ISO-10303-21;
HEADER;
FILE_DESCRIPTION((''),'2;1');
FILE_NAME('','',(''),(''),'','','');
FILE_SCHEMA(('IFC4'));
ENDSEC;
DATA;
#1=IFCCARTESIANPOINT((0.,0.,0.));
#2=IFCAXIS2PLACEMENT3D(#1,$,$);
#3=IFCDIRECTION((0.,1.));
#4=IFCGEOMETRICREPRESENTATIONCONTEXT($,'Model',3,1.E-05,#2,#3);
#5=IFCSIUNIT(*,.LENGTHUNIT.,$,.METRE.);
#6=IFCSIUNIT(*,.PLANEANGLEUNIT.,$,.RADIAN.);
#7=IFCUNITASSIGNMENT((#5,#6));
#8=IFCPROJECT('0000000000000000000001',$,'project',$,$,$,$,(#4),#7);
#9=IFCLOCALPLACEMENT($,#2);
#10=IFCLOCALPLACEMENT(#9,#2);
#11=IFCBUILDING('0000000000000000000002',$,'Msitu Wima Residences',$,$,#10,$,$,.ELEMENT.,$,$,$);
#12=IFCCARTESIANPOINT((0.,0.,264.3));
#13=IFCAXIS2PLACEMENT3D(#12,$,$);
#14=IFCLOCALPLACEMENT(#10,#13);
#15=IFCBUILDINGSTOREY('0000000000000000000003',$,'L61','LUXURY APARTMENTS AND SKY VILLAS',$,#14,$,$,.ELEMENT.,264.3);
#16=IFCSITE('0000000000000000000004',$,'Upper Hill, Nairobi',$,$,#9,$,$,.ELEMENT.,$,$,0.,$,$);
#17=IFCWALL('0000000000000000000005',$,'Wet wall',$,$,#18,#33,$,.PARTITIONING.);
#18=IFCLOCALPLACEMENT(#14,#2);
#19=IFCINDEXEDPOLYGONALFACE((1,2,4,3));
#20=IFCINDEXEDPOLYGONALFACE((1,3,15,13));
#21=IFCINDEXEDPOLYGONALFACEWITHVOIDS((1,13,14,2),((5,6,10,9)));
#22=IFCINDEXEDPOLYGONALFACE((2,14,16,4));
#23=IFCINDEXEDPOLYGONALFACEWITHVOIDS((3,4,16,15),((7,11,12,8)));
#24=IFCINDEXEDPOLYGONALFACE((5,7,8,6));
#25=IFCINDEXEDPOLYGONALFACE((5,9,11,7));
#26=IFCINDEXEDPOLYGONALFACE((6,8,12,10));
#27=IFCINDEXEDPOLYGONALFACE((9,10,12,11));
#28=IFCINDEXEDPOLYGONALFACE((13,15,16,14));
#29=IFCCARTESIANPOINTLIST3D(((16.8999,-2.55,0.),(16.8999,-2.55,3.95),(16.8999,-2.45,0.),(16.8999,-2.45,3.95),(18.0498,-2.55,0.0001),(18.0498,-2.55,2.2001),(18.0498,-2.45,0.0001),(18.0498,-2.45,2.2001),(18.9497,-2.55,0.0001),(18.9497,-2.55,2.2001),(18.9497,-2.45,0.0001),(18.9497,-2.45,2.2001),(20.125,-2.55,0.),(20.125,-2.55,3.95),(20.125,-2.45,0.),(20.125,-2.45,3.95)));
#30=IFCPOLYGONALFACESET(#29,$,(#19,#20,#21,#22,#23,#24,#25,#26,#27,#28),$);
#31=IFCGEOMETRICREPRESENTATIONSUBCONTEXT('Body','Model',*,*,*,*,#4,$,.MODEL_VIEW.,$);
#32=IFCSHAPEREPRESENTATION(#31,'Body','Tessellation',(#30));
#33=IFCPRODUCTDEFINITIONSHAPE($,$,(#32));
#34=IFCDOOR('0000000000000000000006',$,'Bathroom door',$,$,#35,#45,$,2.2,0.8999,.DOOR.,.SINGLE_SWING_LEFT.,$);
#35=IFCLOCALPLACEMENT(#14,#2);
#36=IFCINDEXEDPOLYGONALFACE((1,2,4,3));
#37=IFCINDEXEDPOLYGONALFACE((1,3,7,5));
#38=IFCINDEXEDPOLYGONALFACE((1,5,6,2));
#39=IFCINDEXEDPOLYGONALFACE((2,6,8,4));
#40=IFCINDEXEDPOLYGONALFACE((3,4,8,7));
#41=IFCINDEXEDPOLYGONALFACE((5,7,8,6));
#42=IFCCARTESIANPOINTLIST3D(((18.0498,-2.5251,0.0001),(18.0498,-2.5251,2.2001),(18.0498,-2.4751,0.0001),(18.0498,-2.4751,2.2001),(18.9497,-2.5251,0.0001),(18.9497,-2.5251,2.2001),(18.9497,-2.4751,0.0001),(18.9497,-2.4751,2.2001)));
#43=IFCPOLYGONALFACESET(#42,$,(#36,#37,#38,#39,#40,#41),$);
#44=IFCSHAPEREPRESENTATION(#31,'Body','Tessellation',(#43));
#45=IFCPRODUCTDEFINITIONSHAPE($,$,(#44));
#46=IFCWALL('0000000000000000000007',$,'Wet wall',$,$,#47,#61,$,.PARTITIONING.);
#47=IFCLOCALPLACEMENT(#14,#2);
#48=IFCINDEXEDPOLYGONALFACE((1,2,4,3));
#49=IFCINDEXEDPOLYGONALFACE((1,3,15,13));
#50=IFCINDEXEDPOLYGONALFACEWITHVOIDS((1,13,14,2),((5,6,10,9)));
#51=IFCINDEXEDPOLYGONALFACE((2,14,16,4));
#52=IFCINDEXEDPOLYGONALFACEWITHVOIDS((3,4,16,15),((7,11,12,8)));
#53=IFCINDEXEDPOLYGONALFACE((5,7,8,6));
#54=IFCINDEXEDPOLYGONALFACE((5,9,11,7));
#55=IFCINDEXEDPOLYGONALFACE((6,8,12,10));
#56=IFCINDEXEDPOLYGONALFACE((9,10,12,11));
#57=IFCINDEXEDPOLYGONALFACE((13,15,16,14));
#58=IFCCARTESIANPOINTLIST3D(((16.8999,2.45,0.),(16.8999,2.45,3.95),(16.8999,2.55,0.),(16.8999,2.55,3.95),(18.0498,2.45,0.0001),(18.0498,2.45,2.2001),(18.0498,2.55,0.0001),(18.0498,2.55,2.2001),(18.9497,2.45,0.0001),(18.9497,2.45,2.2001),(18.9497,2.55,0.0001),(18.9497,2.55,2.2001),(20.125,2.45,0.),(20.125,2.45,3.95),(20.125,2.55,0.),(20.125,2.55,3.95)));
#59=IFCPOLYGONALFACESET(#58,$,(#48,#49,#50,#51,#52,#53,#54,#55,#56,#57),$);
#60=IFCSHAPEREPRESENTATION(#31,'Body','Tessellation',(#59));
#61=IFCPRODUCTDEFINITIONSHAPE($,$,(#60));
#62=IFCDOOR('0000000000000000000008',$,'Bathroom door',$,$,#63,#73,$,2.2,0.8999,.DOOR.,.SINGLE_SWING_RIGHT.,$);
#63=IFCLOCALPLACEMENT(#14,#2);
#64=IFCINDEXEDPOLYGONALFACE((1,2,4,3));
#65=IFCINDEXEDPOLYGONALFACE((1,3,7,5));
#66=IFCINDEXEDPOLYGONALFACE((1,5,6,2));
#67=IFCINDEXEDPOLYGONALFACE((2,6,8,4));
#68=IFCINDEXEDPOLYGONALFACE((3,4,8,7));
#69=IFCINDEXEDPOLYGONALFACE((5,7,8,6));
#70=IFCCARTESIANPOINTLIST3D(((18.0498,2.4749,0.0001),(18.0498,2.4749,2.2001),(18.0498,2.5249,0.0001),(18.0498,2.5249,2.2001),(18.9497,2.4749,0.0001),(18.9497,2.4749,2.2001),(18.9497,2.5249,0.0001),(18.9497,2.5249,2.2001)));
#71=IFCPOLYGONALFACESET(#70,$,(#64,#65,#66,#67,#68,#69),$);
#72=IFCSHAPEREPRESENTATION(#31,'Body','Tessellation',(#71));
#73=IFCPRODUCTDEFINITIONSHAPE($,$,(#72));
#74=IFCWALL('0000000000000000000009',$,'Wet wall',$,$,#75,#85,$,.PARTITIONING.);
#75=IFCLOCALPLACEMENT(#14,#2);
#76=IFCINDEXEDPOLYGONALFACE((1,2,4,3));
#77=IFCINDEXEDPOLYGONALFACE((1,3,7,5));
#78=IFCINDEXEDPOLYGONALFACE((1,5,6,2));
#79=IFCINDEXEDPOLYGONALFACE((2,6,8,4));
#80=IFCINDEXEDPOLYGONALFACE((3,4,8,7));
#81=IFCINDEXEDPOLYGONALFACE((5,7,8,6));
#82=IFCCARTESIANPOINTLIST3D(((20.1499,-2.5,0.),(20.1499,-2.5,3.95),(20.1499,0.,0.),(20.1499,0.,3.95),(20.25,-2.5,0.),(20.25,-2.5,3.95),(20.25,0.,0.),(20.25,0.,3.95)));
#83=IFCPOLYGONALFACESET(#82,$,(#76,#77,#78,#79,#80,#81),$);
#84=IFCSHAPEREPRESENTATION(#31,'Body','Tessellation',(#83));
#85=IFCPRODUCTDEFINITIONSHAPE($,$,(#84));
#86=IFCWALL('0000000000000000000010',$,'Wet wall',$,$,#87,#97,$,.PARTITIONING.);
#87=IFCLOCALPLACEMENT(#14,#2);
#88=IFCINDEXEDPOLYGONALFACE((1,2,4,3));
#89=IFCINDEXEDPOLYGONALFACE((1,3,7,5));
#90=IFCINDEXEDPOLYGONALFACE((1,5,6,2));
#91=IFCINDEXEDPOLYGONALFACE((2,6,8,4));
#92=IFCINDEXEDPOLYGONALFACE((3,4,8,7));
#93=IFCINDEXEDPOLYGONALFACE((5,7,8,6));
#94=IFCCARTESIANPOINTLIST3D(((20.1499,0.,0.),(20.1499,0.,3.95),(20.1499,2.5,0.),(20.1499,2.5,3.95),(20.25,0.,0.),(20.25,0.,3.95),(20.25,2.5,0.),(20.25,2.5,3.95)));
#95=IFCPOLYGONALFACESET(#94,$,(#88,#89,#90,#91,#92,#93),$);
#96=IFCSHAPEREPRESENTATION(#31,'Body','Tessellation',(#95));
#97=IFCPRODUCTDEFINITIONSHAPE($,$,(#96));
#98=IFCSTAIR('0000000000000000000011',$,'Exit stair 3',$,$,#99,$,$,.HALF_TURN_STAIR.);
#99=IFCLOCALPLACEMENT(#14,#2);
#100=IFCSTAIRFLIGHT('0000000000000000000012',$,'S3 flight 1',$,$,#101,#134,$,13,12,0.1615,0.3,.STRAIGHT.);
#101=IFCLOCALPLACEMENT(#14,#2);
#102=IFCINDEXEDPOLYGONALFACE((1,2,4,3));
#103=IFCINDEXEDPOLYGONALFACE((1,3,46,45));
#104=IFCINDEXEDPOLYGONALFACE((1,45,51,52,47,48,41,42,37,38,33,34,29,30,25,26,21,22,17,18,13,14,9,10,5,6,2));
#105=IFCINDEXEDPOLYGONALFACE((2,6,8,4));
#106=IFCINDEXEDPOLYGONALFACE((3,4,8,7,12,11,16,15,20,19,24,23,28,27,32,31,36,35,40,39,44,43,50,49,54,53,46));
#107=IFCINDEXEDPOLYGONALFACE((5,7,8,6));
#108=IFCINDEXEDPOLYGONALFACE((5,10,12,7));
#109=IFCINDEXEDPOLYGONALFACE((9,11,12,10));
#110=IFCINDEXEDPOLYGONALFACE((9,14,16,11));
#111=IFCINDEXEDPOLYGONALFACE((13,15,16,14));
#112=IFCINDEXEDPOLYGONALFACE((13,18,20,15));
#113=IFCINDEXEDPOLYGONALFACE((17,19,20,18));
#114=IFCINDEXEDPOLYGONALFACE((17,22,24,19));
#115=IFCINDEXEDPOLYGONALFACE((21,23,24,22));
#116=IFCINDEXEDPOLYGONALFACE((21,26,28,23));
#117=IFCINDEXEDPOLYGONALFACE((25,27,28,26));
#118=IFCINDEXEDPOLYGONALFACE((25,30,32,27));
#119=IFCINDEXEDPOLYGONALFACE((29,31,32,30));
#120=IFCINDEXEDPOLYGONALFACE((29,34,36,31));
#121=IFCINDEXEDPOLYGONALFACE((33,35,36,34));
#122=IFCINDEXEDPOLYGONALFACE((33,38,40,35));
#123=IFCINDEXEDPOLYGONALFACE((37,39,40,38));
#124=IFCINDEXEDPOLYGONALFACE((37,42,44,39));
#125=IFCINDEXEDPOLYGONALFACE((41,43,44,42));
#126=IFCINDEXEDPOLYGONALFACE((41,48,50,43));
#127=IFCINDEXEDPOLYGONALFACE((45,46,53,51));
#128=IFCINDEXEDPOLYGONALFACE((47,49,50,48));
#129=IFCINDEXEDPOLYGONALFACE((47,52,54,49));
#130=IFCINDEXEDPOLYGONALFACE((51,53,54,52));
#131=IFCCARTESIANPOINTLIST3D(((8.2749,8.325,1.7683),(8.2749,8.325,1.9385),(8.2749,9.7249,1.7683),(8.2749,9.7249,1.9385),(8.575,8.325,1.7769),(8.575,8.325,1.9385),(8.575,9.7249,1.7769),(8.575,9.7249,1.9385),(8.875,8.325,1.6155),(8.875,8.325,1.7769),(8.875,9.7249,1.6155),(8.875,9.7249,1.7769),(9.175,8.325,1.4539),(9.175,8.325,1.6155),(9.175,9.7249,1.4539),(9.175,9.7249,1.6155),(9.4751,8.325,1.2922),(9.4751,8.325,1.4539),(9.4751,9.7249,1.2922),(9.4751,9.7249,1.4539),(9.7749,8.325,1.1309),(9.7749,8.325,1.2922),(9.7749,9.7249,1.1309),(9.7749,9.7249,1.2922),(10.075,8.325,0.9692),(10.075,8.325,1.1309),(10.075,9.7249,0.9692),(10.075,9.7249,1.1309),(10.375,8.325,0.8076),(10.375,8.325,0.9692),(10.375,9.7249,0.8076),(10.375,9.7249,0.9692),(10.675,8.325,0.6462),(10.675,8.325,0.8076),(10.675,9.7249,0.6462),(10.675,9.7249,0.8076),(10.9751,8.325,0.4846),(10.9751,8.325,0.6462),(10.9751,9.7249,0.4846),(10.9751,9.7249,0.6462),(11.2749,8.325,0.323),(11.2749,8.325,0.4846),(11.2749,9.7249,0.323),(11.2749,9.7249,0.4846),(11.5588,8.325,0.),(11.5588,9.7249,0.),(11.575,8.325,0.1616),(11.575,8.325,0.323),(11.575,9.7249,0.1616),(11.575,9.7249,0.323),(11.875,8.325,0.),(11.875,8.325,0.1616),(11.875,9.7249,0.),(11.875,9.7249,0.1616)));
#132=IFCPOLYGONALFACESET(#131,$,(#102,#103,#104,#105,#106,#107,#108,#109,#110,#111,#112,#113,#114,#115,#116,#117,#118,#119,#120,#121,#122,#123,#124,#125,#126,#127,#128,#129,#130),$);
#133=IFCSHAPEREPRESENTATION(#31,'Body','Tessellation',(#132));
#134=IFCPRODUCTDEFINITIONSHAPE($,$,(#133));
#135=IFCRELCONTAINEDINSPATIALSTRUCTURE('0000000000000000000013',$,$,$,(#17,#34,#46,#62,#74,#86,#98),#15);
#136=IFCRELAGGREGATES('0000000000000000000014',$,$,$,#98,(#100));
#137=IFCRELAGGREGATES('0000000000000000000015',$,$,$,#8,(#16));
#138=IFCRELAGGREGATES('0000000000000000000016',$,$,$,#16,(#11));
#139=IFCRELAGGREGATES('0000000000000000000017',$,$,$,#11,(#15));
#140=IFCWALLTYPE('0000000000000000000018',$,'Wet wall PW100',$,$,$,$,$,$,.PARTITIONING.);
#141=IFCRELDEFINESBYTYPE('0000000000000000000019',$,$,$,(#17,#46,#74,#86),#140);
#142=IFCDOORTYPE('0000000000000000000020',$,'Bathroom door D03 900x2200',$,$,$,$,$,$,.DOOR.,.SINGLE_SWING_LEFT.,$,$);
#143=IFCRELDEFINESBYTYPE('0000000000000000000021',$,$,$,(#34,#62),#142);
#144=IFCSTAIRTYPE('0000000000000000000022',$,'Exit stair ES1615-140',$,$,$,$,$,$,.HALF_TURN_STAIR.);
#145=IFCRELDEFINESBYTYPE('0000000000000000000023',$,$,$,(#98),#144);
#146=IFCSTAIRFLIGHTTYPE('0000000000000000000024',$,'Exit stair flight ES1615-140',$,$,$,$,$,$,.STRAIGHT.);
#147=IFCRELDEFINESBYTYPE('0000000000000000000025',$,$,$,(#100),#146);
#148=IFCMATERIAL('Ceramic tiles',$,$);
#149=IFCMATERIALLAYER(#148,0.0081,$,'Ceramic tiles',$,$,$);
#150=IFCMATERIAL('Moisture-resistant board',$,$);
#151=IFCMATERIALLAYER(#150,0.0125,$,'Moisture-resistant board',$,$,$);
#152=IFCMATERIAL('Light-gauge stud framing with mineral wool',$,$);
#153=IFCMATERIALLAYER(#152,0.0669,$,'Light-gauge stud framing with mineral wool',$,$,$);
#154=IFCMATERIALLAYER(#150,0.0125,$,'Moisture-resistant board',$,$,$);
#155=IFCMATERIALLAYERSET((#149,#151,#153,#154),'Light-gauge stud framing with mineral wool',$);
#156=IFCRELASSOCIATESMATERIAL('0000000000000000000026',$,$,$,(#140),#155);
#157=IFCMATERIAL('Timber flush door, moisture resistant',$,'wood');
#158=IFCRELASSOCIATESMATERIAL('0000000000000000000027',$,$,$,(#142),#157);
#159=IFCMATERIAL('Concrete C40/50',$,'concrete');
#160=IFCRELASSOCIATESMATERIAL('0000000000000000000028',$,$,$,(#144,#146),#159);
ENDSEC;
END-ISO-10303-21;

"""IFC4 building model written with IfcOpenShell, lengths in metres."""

from ifc_helpers import new_model, si_unit, direction, frame, frame_2d, origin, place, context, subcontext, project, spatial, polyline, rectangle, outline, extrude, material, layer, layer_set, type_object, element, fill, aggregate, save


model = new_model("IFC4")

# Units and contexts
model_context = context("Model", 3, precision=1e-05, world=origin(), true_north=direction((0.0, 1.0)))
body_context = subcontext(model_context, "Body", "Model", "MODEL_VIEW")
ifc_project = project(units=[si_unit("LENGTHUNIT", "METRE"), si_unit("PLANEANGLEUNIT", "RADIAN")], contexts=[model_context])

# Site, building, storey
site_placement = place(None, origin())
site = spatial("IfcSite", under=ifc_project, at=site_placement, Name="Upper Hill, Nairobi", CompositionType="ELEMENT", RefElevation=0.0)
building_placement = place(site_placement, origin())
building = spatial("IfcBuilding", under=site, at=building_placement, Name="Msitu Wima Residences", CompositionType="ELEMENT")
storey_placement = place(building_placement, frame((0.0, 0.0, 264.3)))
storey = spatial("IfcBuildingStorey", under=building, at=storey_placement, Name="L61", Description="LUXURY APARTMENTS AND SKY VILLAS", CompositionType="ELEMENT", Elevation=264.3)

# Walls, openings, doors
ifc_material_1 = material(Name="Ceramic tiles")
ifc_layer_1 = layer(ifc_material_1, 0.0081, Name="Ceramic tiles")
ifc_material_2 = material(Name="Moisture-resistant board")
ifc_layer_2 = layer(ifc_material_2, 0.0125, Name="Moisture-resistant board")
ifc_material_3 = material(Name="Light-gauge stud framing with mineral wool")
ifc_layer_3 = layer(ifc_material_3, 0.0669, Name="Light-gauge stud framing with mineral wool")
ifc_layer_4 = layer(ifc_material_2, 0.0125, Name="Moisture-resistant board")
ifc_layer_set_1 = layer_set([ifc_layer_1, ifc_layer_2, ifc_layer_3, ifc_layer_4], Name="Light-gauge stud framing with mineral wool")
wall_type_1 = type_object("IfcWallType", Name="Wet wall PW100", PredefinedType="PARTITIONING", material=ifc_layer_set_1)
wall_1_placement = place(storey_placement, frame((16.8999, -2.5, 0.0), z_axis=(0.0, 0.0, 1.0), x_axis=(1.0, 0.0, 0.0)))
wall_1 = element("IfcWall", 1, at=wall_1_placement, inside=storey, type_object=wall_type_1, Name="Wet wall", PredefinedType="PARTITIONING", context=body_context, shape_type="SweptSolid", body=[
    extrude(rectangle(XDim=3.2251, YDim=0.1001, at=frame_2d((1.6125, 0.0))), origin(), (0.0, 0.0, 1.0), 3.95),
])
opening_1_placement = place(wall_1_placement, frame((1.1499, 0.0, 0.0)))
opening_1 = element("IfcOpeningElement", 2, at=opening_1_placement, cuts=wall_1, PredefinedType="OPENING", context=body_context, shape_type="SweptSolid", body=[
    extrude(rectangle(XDim=0.8999, YDim=2.2, at=frame_2d((0.45, 1.1001))), frame((0.0, 0.0601, 0.0), z_axis=(0.0, -1.0, 0.0), x_axis=(1.0, 0.0, 0.0)), (0.0, 0.0, 1.0), 0.1201),
])
ifc_material_4 = material(Name="Timber flush door, moisture resistant", Category="wood")
door_type_1 = type_object("IfcDoorType", Name="Bathroom door D03 900x2200", OperationType="SINGLE_SWING_LEFT", PredefinedType="DOOR", material=ifc_material_4)
door_1_placement = place(opening_1_placement, origin())
door_1 = element("IfcDoor", 3, at=door_1_placement, inside=storey, type_object=door_type_1, Name="Bathroom door", OperationType="SINGLE_SWING_LEFT", OverallHeight=2.2, OverallWidth=0.8999, PredefinedType="DOOR", context=body_context, shape_type="SweptSolid", body=[
    extrude(rectangle(XDim=0.8999, YDim=2.2, at=frame_2d((0.45, 1.1001))), frame((0.0, 0.0249, 0.0), z_axis=(0.0, -1.0, 0.0), x_axis=(1.0, 0.0, 0.0)), (0.0, 0.0, 1.0), 0.05),
])
fill(opening_1, door_1)
wall_2_placement = place(storey_placement, frame((16.8999, 2.5, 0.0), z_axis=(0.0, 0.0, 1.0), x_axis=(1.0, 0.0, 0.0)))
wall_2 = element("IfcWall", 4, at=wall_2_placement, inside=storey, type_object=wall_type_1, Name="Wet wall", PredefinedType="PARTITIONING", context=body_context, shape_type="SweptSolid", body=[
    extrude(rectangle(XDim=3.2251, YDim=0.1001, at=frame_2d((1.6125, 0.0))), origin(), (0.0, 0.0, 1.0), 3.95),
])
opening_2_placement = place(wall_2_placement, frame((1.1499, 0.0, 0.0)))
opening_2 = element("IfcOpeningElement", 5, at=opening_2_placement, cuts=wall_2, PredefinedType="OPENING", context=body_context, shape_type="SweptSolid", body=[
    extrude(rectangle(XDim=0.8999, YDim=2.2, at=frame_2d((0.45, 1.1001))), frame((0.0, 0.0601, 0.0), z_axis=(0.0, -1.0, 0.0), x_axis=(1.0, 0.0, 0.0)), (0.0, 0.0, 1.0), 0.1201),
])
door_2_placement = place(opening_2_placement, origin())
door_2 = element("IfcDoor", 6, at=door_2_placement, inside=storey, type_object=door_type_1, Name="Bathroom door", OperationType="SINGLE_SWING_RIGHT", OverallHeight=2.2, OverallWidth=0.8999, PredefinedType="DOOR", context=body_context, shape_type="SweptSolid", body=[
    extrude(rectangle(XDim=0.8999, YDim=2.2, at=frame_2d((0.45, 1.1001))), frame((0.0, 0.0249, 0.0), z_axis=(0.0, -1.0, 0.0), x_axis=(1.0, 0.0, 0.0)), (0.0, 0.0, 1.0), 0.05),
])
fill(opening_2, door_2)

# Walls
for number, where, z_axis, x_axis, name in (
    (7, (20.2, -2.5, 0.0), (0.0, 0.0, 1.0), (0.0, 1.0, 0.0), "Wet wall"),
    (8, (20.2, 0.0, 0.0), (0.0, 0.0, 1.0), (0.0, 1.0, 0.0), "Wet wall"),
):
    element("IfcWall", number, at=place(storey_placement, frame(where, z_axis=z_axis, x_axis=x_axis)), inside=storey, type_object=wall_type_1, Name=name, PredefinedType="PARTITIONING", context=body_context, shape_type="SweptSolid", body=[
        extrude(rectangle(XDim=2.5, YDim=0.1001, at=frame_2d((1.25, 0.0))), origin(), (0.0, 0.0, 1.0), 3.95),
    ])

# Stair, stair flight
ifc_material_5 = material(Name="Concrete C40/50", Category="concrete")
stair_type = type_object("IfcStairType", Name="Exit stair ES1615-140", PredefinedType="HALF_TURN_STAIR", material=ifc_material_5)
stair_placement = place(storey_placement, origin())
stair = element("IfcStair", 9, at=stair_placement, inside=storey, type_object=stair_type, Name="Exit stair 3", PredefinedType="HALF_TURN_STAIR")
stair_flight_type = type_object("IfcStairFlightType", Name="Exit stair flight ES1615-140", PredefinedType="STRAIGHT", material=ifc_material_5)
stair_flight_placement = place(storey_placement, frame((11.875, 9.0249, 0.0), z_axis=(0.0, 0.0, 1.0), x_axis=(-1.0, 0.0, 0.0)))
stair_flight = element("IfcStairFlight", 10, at=stair_flight_placement, type_object=stair_flight_type, Name="S3 flight 1", NumberOfRisers=13, NumberOfTreads=12, PredefinedType="STRAIGHT", RiserHeight=0.1615, TreadLength=0.3, context=body_context, shape_type="SweptSolid", body=[
    extrude(outline(polyline([(0.0, 0.0), (0.0, 0.1616), (0.3, 0.1616), (0.3, 0.323), (0.6001, 0.323), (0.6001, 0.4846), (0.8999, 0.4846), (0.8999, 0.6462), (1.2, 0.6462), (1.2, 0.8076), (1.5, 0.8076), (1.5, 0.9692), (1.8, 0.9692), (1.8, 1.1309), (2.1001, 1.1309), (2.1001, 1.2922), (2.3999, 1.2922), (2.3999, 1.4539), (2.7, 1.4539), (2.7, 1.6155), (3.0, 1.6155), (3.0, 1.7769), (3.3, 1.7769), (3.3, 1.9385), (3.6001, 1.9385), (3.6001, 2.1001), (3.6001, 1.7683), (0.3162, 0.0), (0.0, 0.0)])), frame((0.0, 0.7, 0.0), z_axis=(0.0, -1.0, 0.0), x_axis=(1.0, 0.0, 0.0)), (0.0, 0.0, 1.0), 1.3999),
])
aggregate(stair, [stair_flight])

save(model, "model.ifc")
